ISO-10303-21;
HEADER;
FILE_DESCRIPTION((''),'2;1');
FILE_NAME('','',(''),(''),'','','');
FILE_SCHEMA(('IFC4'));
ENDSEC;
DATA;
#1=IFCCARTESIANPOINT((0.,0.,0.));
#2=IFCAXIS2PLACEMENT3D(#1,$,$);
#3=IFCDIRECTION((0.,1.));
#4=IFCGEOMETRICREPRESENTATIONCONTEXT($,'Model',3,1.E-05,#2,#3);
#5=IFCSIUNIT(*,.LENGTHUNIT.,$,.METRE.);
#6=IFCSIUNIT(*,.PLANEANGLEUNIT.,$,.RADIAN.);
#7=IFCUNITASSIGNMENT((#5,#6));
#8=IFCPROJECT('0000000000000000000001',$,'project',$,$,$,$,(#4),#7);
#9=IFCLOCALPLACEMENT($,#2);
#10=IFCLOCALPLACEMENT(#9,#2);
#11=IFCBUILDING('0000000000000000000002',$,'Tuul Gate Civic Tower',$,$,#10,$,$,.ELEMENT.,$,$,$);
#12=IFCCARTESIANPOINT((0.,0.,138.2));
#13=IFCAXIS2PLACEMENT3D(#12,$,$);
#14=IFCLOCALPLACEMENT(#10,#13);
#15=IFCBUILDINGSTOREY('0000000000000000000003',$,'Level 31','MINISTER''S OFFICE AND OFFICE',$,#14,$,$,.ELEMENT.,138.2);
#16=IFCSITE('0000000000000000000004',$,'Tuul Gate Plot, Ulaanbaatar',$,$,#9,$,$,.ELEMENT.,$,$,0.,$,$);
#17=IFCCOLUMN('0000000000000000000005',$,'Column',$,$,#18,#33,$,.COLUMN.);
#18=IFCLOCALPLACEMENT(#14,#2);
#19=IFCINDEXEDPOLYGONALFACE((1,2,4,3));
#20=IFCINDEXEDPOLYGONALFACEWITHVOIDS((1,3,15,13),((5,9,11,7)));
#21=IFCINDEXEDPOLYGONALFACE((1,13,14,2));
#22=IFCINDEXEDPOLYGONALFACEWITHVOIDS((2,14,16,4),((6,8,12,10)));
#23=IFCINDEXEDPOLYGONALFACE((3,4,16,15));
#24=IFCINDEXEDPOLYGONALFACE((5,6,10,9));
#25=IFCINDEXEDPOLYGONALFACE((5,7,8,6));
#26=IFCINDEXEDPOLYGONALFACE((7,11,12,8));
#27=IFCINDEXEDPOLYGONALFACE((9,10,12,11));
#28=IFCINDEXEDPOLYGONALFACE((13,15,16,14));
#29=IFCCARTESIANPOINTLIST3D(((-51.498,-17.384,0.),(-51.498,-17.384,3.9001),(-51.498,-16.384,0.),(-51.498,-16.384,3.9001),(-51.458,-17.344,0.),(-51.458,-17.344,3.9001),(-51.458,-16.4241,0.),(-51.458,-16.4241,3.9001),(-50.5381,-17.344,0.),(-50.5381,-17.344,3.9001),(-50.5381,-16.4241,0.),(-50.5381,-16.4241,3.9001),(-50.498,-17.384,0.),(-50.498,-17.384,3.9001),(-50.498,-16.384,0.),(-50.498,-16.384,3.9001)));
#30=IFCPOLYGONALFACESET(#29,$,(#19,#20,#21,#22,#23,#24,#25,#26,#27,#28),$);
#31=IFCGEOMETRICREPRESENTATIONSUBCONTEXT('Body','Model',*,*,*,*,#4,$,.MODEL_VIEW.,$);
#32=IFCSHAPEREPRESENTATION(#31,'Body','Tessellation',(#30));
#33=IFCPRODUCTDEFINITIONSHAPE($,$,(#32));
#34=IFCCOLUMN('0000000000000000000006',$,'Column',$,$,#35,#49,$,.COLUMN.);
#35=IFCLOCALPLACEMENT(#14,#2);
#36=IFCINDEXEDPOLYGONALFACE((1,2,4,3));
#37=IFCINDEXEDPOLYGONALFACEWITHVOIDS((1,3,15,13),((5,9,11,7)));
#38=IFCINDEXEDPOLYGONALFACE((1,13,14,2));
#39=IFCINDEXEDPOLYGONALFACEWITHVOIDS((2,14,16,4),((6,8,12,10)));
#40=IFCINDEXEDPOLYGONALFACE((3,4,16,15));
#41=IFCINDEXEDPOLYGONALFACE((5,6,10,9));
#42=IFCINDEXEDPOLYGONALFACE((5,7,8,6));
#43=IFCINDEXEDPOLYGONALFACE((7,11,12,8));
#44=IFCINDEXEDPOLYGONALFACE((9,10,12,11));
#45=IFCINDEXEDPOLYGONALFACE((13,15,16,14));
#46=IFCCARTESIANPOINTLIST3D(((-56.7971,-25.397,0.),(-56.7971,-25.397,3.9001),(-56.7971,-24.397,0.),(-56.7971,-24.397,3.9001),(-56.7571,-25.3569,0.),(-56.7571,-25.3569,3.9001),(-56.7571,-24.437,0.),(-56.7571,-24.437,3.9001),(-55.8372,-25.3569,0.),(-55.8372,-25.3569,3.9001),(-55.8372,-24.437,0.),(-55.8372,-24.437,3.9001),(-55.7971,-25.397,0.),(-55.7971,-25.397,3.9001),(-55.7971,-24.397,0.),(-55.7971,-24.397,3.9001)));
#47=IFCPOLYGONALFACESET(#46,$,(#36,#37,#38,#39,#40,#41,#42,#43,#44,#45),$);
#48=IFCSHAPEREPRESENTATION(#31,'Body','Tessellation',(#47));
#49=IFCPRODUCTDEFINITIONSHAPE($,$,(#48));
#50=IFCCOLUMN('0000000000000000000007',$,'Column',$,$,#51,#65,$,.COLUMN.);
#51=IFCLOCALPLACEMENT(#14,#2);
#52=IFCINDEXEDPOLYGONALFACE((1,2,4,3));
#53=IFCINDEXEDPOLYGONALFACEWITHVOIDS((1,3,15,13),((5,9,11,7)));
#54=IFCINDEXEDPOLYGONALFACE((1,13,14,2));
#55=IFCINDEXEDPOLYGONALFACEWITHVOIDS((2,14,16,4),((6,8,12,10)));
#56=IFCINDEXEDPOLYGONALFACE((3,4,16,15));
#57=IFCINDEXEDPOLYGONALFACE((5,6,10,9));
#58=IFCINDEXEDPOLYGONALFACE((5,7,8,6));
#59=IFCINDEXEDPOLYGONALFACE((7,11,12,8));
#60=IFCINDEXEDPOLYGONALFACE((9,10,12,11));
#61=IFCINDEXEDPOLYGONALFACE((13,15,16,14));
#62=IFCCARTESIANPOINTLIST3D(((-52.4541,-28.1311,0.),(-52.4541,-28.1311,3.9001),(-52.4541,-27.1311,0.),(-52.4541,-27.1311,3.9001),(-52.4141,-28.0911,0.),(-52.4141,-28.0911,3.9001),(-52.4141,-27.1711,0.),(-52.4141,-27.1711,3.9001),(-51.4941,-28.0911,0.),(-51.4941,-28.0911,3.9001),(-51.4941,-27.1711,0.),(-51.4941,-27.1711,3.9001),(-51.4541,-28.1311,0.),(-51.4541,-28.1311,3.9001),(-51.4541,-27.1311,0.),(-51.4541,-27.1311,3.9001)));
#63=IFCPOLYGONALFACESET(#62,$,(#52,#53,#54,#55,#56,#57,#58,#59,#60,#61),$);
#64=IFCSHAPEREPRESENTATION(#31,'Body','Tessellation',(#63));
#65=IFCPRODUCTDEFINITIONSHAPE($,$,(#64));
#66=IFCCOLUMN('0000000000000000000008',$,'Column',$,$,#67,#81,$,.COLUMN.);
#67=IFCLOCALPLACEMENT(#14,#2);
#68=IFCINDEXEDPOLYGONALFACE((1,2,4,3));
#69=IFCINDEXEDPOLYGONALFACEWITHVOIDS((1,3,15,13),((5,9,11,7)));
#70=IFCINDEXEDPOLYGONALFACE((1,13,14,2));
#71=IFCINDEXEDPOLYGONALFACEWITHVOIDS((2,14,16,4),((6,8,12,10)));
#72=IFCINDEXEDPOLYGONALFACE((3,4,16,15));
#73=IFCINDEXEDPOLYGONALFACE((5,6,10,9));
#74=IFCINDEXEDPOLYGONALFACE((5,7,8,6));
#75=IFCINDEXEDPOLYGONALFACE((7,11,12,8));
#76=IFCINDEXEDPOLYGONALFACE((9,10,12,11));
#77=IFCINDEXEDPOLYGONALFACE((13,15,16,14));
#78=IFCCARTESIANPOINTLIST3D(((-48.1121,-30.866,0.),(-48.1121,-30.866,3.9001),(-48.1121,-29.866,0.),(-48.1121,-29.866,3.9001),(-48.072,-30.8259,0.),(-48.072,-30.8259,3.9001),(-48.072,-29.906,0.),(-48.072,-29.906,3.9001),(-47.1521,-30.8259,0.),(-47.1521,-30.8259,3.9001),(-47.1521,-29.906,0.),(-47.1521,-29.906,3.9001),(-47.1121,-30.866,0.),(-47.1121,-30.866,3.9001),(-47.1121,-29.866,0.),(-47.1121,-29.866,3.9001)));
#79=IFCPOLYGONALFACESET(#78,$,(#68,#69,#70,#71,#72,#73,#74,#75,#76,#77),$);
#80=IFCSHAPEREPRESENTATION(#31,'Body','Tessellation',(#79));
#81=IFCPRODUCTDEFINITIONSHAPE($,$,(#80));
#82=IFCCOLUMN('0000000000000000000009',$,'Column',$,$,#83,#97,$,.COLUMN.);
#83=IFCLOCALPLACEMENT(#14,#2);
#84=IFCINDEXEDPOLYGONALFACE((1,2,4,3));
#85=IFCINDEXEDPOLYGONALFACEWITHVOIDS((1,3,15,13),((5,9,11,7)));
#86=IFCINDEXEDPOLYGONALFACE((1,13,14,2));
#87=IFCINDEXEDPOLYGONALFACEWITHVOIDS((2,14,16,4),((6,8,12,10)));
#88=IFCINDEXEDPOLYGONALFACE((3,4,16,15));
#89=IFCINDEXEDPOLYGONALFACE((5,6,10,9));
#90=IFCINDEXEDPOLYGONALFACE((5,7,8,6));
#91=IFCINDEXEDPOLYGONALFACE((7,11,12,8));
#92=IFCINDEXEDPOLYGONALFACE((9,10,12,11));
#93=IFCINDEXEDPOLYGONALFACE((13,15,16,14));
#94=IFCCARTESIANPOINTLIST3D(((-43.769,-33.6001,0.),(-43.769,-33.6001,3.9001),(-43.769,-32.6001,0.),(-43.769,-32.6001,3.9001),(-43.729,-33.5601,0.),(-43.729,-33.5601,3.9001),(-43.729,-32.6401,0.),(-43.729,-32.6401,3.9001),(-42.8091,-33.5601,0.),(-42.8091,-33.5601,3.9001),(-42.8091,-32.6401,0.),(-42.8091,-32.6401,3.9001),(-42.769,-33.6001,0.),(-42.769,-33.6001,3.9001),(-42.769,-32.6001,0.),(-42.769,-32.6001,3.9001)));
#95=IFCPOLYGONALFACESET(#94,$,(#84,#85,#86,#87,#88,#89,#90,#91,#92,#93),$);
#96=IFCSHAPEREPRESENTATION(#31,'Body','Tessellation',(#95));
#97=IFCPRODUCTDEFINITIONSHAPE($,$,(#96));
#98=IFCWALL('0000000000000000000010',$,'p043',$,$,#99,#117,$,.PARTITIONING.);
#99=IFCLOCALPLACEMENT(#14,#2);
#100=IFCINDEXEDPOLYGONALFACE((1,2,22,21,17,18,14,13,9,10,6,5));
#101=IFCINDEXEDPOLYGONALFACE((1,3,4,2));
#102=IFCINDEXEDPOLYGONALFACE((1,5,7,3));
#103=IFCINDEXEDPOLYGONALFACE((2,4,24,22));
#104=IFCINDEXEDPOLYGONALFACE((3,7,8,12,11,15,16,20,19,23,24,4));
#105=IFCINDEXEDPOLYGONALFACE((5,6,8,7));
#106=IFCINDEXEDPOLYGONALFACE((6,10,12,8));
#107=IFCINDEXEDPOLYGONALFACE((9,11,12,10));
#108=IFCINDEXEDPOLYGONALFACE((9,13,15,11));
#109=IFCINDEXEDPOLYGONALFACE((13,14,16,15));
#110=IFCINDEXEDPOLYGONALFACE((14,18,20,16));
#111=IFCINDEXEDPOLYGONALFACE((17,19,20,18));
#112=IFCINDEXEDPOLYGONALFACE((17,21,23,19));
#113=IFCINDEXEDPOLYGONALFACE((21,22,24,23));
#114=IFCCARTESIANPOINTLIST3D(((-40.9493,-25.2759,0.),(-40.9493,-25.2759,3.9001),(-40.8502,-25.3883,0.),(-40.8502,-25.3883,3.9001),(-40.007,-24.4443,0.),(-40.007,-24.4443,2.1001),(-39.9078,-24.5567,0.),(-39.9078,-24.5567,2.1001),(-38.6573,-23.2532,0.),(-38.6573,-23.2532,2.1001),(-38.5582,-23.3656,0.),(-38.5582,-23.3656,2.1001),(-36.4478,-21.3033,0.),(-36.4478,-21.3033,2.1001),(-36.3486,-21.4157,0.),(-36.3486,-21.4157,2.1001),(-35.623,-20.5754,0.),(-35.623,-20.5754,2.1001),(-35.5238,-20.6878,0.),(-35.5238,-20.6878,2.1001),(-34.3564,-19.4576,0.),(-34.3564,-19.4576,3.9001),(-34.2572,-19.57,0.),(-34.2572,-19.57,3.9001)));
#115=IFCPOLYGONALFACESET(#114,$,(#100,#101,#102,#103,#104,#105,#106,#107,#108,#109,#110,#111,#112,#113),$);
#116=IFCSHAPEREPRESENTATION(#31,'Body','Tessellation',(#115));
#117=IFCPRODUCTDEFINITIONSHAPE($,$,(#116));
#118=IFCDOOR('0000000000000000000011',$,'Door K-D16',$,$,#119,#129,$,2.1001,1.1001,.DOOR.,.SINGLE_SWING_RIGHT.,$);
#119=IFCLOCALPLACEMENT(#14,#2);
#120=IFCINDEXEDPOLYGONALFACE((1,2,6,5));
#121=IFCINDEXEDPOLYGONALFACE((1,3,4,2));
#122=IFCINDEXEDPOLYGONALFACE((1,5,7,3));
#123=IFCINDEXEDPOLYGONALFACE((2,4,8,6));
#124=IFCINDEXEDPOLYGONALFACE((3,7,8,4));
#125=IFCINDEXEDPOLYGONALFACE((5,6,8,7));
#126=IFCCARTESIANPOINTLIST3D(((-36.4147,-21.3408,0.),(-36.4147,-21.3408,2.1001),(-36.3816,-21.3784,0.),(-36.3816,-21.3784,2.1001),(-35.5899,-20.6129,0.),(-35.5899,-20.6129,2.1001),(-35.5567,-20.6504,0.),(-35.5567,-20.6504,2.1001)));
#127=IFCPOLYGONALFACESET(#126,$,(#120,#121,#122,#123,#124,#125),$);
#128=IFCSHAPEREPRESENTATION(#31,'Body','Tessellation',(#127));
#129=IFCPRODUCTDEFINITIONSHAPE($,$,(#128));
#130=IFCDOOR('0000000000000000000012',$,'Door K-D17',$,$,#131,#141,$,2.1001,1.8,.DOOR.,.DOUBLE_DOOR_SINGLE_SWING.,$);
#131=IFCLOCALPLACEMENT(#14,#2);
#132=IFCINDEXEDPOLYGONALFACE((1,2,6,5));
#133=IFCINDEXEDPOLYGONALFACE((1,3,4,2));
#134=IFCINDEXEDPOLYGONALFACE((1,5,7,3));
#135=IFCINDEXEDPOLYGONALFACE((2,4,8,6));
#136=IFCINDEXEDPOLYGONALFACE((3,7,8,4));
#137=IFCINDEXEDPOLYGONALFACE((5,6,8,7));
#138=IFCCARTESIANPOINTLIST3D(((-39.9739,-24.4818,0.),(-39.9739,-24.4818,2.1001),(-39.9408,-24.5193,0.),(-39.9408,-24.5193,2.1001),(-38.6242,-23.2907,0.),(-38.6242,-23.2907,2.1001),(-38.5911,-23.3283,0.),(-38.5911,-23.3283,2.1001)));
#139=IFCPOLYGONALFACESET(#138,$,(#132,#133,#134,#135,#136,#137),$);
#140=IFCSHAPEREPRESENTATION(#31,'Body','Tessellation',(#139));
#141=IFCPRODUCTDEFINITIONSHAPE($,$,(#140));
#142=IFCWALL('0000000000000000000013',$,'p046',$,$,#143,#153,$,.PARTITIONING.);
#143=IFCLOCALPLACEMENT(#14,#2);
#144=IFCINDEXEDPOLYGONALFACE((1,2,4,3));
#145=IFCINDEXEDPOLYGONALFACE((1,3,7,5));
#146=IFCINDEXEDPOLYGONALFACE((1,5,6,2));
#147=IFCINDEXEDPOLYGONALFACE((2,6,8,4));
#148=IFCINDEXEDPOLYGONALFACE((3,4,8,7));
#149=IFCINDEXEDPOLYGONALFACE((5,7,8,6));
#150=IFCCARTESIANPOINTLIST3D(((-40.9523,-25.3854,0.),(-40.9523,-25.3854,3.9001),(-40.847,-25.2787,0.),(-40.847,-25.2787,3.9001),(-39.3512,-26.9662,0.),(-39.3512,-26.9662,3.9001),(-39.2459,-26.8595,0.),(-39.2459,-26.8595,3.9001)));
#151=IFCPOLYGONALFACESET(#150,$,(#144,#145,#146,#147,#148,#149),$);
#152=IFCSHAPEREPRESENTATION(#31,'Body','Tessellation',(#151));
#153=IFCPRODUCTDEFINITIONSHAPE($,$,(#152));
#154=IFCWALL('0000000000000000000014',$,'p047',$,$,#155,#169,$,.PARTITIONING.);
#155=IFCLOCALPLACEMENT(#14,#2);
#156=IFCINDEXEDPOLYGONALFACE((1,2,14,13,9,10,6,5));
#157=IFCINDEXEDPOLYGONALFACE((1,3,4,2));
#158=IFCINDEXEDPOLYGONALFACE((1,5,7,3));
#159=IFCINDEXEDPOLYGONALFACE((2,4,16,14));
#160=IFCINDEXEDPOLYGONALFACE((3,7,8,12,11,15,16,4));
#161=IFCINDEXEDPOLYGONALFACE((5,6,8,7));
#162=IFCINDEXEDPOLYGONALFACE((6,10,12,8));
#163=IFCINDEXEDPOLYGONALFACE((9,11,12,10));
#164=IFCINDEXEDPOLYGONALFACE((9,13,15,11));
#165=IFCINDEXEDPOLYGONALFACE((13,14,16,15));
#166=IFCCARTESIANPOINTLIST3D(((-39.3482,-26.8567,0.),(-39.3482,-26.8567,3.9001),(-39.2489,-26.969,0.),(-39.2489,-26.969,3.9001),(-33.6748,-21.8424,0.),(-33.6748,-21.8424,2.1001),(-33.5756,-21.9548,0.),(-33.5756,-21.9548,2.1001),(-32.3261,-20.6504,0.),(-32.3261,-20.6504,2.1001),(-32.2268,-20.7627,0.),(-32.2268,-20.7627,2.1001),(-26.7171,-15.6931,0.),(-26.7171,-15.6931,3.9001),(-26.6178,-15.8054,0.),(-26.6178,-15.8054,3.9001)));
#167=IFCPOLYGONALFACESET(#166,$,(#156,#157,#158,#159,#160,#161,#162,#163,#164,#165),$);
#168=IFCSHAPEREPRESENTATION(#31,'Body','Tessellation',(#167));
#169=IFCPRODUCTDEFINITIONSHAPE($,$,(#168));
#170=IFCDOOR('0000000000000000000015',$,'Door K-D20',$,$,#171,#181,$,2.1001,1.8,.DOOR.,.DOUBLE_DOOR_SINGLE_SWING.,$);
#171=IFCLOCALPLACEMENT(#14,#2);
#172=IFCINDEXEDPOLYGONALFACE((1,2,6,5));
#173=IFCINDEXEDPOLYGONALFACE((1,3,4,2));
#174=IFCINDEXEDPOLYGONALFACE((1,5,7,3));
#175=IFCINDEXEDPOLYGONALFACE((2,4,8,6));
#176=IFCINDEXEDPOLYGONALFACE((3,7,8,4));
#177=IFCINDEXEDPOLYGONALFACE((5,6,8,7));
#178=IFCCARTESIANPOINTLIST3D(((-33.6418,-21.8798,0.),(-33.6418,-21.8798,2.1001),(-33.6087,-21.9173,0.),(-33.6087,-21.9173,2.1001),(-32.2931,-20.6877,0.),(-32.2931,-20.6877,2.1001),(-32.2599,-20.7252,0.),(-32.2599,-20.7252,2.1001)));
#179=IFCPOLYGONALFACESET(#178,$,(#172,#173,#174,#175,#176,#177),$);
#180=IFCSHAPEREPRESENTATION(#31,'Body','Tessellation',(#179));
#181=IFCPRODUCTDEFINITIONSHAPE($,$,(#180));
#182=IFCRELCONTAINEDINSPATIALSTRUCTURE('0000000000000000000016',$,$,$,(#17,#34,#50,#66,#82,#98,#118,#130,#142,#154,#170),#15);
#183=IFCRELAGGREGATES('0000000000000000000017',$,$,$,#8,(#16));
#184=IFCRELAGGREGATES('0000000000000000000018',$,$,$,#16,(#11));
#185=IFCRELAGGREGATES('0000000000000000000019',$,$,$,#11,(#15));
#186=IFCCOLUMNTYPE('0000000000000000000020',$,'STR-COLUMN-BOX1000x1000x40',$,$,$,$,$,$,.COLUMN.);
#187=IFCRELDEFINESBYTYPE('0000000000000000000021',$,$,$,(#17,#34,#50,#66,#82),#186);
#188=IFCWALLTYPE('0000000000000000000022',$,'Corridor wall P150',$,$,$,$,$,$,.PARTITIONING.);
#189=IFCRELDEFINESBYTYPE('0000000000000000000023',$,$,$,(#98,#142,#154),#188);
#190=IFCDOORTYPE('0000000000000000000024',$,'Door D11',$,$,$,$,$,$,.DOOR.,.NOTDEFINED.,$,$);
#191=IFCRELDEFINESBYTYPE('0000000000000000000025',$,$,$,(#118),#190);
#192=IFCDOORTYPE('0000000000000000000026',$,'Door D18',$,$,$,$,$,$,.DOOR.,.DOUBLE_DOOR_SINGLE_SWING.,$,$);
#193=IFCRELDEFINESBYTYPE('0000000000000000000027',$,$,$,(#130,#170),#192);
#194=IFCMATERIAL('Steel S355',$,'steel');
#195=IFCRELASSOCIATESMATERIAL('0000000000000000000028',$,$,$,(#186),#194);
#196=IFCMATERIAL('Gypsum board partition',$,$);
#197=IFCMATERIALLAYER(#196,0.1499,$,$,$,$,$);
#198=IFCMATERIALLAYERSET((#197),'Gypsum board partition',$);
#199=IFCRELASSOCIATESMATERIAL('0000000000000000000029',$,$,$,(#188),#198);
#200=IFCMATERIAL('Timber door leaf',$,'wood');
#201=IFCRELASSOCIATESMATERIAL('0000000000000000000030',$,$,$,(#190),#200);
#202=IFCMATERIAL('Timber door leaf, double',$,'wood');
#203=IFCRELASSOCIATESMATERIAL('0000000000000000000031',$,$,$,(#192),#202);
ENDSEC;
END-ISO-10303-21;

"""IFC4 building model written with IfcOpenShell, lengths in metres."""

from ifc_helpers import new_model, si_unit, direction, frame, frame_2d, origin, origin_2d, place, context, subcontext, project, spatial, rectangle, hollow_rectangle, extrude, material, layer, layer_set, material_profile, profile_set, type_object, element, fill, save


model = new_model("IFC4")

# Units and contexts
model_context = context("Model", 3, precision=1e-05, world=origin(), true_north=direction((0.0, 1.0)))
body_context = subcontext(model_context, "Body", "Model", "MODEL_VIEW")
ifc_project = project(units=[si_unit("LENGTHUNIT", "METRE"), si_unit("PLANEANGLEUNIT", "RADIAN")], contexts=[model_context])

# Site, building, storey
site_placement = place(None, origin())
site = spatial("IfcSite", under=ifc_project, at=site_placement, Name="Tuul Gate Plot, Ulaanbaatar", CompositionType="ELEMENT", RefElevation=0.0)
building_placement = place(site_placement, origin())
building = spatial("IfcBuilding", under=site, at=building_placement, Name="Tuul Gate Civic Tower", CompositionType="ELEMENT")
storey_placement = place(building_placement, frame((0.0, 0.0, 138.2)))
storey = spatial("IfcBuildingStorey", under=building, at=storey_placement, Name="Level 31", Description="MINISTER'S OFFICE AND OFFICE", CompositionType="ELEMENT", Elevation=138.2)

# Columns
ifc_material_1 = material(Name="Steel S355", Category="steel")
ifc_material_profile_1 = material_profile(ifc_material_1, hollow_rectangle(XDim=1.0, YDim=1.0, WallThickness=0.04, at=origin_2d()), Name="BOX1000x1000x40")
ifc_profile_set_1 = profile_set([ifc_material_profile_1], Name="Steel S355")
column_type = type_object("IfcColumnType", Name="STR-COLUMN-BOX1000x1000x40", PredefinedType="COLUMN", material=ifc_profile_set_1)
for number, where, z_axis, x_axis, name in (
    (1, (-50.998, -16.884, 0.0), (0.0, 0.0, 1.0), (1.0, 0.0, 0.0), "Column"),
    (2, (-56.2971, -24.897, 0.0), (0.0, 0.0, 1.0), (1.0, 0.0, 0.0), "Column"),
    (3, (-51.9541, -27.6311, 0.0), (0.0, 0.0, 1.0), (1.0, 0.0, 0.0), "Column"),
    (4, (-47.6121, -30.366, 0.0), (0.0, 0.0, 1.0), (1.0, 0.0, 0.0), "Column"),
    (5, (-43.269, -33.1001, 0.0), (0.0, 0.0, 1.0), (1.0, 0.0, 0.0), "Column"),
):
    element("IfcColumn", number, at=place(storey_placement, frame(where, z_axis=z_axis, x_axis=x_axis)), inside=storey, type_object=column_type, Name=name, PredefinedType="COLUMN", context=body_context, shape_type="SweptSolid", body=[
        extrude(hollow_rectangle(XDim=1.0, YDim=1.0, WallThickness=0.04, at=origin_2d()), origin(), (0.0, 0.0, 1.0), 3.9001),
    ])

# Wall, openings, doors
ifc_material_2 = material(Name="Gypsum board partition")
ifc_layer_1 = layer(ifc_material_2, 0.1499)
ifc_layer_set_1 = layer_set([ifc_layer_1], Name="Gypsum board partition")
wall_type_1 = type_object("IfcWallType", Name="Corridor wall P150", PredefinedType="PARTITIONING", material=ifc_layer_set_1)
wall_1_placement = place(storey_placement, frame((-40.8997, -25.332, 0.0), z_axis=(0.0, 0.0, 1.0), x_axis=(0.749782, 0.661685, 0.0)))
wall_1 = element("IfcWall", 6, at=wall_1_placement, inside=storey, type_object=wall_type_1, Name="p043", PredefinedType="PARTITIONING", context=body_context, shape_type="SweptSolid", body=[
    extrude(rectangle(XDim=8.7932, YDim=0.1499, at=frame_2d((4.3965, 0.0))), origin(), (0.0, 0.0, 1.0), 3.9001),
])
opening_1_placement = place(wall_1_placement, frame((6.0037, 0.0, 0.0)))
opening_1 = element("IfcOpeningElement", 7, at=opening_1_placement, cuts=wall_1, PredefinedType="OPENING", context=body_context, shape_type="SweptSolid", body=[
    extrude(rectangle(XDim=1.1001, YDim=2.1001, at=frame_2d((0.55, 1.05))), frame((0.0, 0.085, 0.0), z_axis=(0.0, -1.0, 0.0), x_axis=(1.0, 0.0, 0.0)), (0.0, 0.0, 1.0), 0.1699),
])
opening_2_placement = place(wall_1_placement, frame((1.2568, 0.0, 0.0)))
opening_2 = element("IfcOpeningElement", 8, at=opening_2_placement, cuts=wall_1, PredefinedType="OPENING", context=body_context, shape_type="SweptSolid", body=[
    extrude(rectangle(XDim=1.8, YDim=2.1001, at=frame_2d((0.8999, 1.05))), frame((0.0, 0.085, 0.0), z_axis=(0.0, -1.0, 0.0), x_axis=(1.0, 0.0, 0.0)), (0.0, 0.0, 1.0), 0.1699),
])
ifc_material_3 = material(Name="Timber door leaf", Category="wood")
door_type_1 = type_object("IfcDoorType", Name="Door D11", OperationType="NOTDEFINED", PredefinedType="DOOR", material=ifc_material_3)
door_1_placement = place(opening_1_placement, origin())
door_1 = element("IfcDoor", 9, at=door_1_placement, inside=storey, type_object=door_type_1, Name="Door K-D16", OperationType="SINGLE_SWING_RIGHT", OverallHeight=2.1001, OverallWidth=1.1001, PredefinedType="DOOR", context=body_context, shape_type="SweptSolid", body=[
    extrude(rectangle(XDim=1.1001, YDim=2.1001, at=frame_2d((0.55, 1.05))), frame((0.0, 0.0249, 0.0), z_axis=(0.0, -1.0, 0.0), x_axis=(1.0, 0.0, 0.0)), (0.0, 0.0, 1.0), 0.05),
])
fill(opening_1, door_1)
ifc_material_4 = material(Name="Timber door leaf, double", Category="wood")
door_type_2 = type_object("IfcDoorType", Name="Door D18", OperationType="DOUBLE_DOOR_SINGLE_SWING", PredefinedType="DOOR", material=ifc_material_4)
door_2_placement = place(opening_2_placement, origin())
door_2 = element("IfcDoor", 10, at=door_2_placement, inside=storey, type_object=door_type_2, Name="Door K-D17", OperationType="DOUBLE_DOOR_SINGLE_SWING", OverallHeight=2.1001, OverallWidth=1.8, PredefinedType="DOOR", context=body_context, shape_type="SweptSolid", body=[
    extrude(rectangle(XDim=1.8, YDim=2.1001, at=frame_2d((0.8999, 1.05))), frame((0.0, 0.0249, 0.0), z_axis=(0.0, -1.0, 0.0), x_axis=(1.0, 0.0, 0.0)), (0.0, 0.0, 1.0), 0.05),
])
fill(opening_2, door_2)

# Wall
wall_2_placement = place(storey_placement, frame((-40.8997, -25.332, 0.0), z_axis=(0.0, 0.0, 1.0), x_axis=(0.711596, -0.702589, 0.0)))
element("IfcWall", 11, at=wall_2_placement, inside=storey, type_object=wall_type_1, Name="p046", PredefinedType="PARTITIONING", context=body_context, shape_type="SweptSolid", body=[
    extrude(rectangle(XDim=2.25, YDim=0.1499, at=frame_2d((1.125, 0.0))), origin(), (0.0, 0.0, 1.0), 3.9001),
])

# Wall, opening, door
wall_3_placement = place(storey_placement, frame((-39.2986, -26.9128, 0.0), z_axis=(0.0, 0.0, 1.0), x_axis=(0.749294, 0.662238, 0.0)))
wall_3 = element("IfcWall", 12, at=wall_3_placement, inside=storey, type_object=wall_type_1, Name="p047", PredefinedType="PARTITIONING", context=body_context, shape_type="SweptSolid", body=[
    extrude(rectangle(XDim=16.8574, YDim=0.1499, at=frame_2d((8.4287, 0.0))), origin(), (0.0, 0.0, 1.0), 3.9001),
])
opening_3_placement = place(wall_3_placement, frame((7.5718, 0.0, 0.0)))
opening_3 = element("IfcOpeningElement", 13, at=opening_3_placement, cuts=wall_3, PredefinedType="OPENING", context=body_context, shape_type="SweptSolid", body=[
    extrude(rectangle(XDim=1.8, YDim=2.1001, at=frame_2d((0.8999, 1.05))), frame((0.0, 0.085, 0.0), z_axis=(0.0, -1.0, 0.0), x_axis=(1.0, 0.0, 0.0)), (0.0, 0.0, 1.0), 0.1699),
])
door_3_placement = place(opening_3_placement, frame((1.8, 0.0, 0.0), z_axis=(0.0, 0.0, 1.0), x_axis=(-1.0, 0.0, 0.0)))
door_3 = element("IfcDoor", 14, at=door_3_placement, inside=storey, type_object=door_type_2, Name="Door K-D20", OperationType="DOUBLE_DOOR_SINGLE_SWING", OverallHeight=2.1001, OverallWidth=1.8, PredefinedType="DOOR", context=body_context, shape_type="SweptSolid", body=[
    extrude(rectangle(XDim=1.8, YDim=2.1001, at=frame_2d((0.9001, 1.05))), frame((0.0, 0.0249, 0.0), z_axis=(0.0, -1.0, 0.0), x_axis=(1.0, 0.0, 0.0)), (0.0, 0.0, 1.0), 0.05),
])
fill(opening_3, door_3)

save(model, "model.ifc")
